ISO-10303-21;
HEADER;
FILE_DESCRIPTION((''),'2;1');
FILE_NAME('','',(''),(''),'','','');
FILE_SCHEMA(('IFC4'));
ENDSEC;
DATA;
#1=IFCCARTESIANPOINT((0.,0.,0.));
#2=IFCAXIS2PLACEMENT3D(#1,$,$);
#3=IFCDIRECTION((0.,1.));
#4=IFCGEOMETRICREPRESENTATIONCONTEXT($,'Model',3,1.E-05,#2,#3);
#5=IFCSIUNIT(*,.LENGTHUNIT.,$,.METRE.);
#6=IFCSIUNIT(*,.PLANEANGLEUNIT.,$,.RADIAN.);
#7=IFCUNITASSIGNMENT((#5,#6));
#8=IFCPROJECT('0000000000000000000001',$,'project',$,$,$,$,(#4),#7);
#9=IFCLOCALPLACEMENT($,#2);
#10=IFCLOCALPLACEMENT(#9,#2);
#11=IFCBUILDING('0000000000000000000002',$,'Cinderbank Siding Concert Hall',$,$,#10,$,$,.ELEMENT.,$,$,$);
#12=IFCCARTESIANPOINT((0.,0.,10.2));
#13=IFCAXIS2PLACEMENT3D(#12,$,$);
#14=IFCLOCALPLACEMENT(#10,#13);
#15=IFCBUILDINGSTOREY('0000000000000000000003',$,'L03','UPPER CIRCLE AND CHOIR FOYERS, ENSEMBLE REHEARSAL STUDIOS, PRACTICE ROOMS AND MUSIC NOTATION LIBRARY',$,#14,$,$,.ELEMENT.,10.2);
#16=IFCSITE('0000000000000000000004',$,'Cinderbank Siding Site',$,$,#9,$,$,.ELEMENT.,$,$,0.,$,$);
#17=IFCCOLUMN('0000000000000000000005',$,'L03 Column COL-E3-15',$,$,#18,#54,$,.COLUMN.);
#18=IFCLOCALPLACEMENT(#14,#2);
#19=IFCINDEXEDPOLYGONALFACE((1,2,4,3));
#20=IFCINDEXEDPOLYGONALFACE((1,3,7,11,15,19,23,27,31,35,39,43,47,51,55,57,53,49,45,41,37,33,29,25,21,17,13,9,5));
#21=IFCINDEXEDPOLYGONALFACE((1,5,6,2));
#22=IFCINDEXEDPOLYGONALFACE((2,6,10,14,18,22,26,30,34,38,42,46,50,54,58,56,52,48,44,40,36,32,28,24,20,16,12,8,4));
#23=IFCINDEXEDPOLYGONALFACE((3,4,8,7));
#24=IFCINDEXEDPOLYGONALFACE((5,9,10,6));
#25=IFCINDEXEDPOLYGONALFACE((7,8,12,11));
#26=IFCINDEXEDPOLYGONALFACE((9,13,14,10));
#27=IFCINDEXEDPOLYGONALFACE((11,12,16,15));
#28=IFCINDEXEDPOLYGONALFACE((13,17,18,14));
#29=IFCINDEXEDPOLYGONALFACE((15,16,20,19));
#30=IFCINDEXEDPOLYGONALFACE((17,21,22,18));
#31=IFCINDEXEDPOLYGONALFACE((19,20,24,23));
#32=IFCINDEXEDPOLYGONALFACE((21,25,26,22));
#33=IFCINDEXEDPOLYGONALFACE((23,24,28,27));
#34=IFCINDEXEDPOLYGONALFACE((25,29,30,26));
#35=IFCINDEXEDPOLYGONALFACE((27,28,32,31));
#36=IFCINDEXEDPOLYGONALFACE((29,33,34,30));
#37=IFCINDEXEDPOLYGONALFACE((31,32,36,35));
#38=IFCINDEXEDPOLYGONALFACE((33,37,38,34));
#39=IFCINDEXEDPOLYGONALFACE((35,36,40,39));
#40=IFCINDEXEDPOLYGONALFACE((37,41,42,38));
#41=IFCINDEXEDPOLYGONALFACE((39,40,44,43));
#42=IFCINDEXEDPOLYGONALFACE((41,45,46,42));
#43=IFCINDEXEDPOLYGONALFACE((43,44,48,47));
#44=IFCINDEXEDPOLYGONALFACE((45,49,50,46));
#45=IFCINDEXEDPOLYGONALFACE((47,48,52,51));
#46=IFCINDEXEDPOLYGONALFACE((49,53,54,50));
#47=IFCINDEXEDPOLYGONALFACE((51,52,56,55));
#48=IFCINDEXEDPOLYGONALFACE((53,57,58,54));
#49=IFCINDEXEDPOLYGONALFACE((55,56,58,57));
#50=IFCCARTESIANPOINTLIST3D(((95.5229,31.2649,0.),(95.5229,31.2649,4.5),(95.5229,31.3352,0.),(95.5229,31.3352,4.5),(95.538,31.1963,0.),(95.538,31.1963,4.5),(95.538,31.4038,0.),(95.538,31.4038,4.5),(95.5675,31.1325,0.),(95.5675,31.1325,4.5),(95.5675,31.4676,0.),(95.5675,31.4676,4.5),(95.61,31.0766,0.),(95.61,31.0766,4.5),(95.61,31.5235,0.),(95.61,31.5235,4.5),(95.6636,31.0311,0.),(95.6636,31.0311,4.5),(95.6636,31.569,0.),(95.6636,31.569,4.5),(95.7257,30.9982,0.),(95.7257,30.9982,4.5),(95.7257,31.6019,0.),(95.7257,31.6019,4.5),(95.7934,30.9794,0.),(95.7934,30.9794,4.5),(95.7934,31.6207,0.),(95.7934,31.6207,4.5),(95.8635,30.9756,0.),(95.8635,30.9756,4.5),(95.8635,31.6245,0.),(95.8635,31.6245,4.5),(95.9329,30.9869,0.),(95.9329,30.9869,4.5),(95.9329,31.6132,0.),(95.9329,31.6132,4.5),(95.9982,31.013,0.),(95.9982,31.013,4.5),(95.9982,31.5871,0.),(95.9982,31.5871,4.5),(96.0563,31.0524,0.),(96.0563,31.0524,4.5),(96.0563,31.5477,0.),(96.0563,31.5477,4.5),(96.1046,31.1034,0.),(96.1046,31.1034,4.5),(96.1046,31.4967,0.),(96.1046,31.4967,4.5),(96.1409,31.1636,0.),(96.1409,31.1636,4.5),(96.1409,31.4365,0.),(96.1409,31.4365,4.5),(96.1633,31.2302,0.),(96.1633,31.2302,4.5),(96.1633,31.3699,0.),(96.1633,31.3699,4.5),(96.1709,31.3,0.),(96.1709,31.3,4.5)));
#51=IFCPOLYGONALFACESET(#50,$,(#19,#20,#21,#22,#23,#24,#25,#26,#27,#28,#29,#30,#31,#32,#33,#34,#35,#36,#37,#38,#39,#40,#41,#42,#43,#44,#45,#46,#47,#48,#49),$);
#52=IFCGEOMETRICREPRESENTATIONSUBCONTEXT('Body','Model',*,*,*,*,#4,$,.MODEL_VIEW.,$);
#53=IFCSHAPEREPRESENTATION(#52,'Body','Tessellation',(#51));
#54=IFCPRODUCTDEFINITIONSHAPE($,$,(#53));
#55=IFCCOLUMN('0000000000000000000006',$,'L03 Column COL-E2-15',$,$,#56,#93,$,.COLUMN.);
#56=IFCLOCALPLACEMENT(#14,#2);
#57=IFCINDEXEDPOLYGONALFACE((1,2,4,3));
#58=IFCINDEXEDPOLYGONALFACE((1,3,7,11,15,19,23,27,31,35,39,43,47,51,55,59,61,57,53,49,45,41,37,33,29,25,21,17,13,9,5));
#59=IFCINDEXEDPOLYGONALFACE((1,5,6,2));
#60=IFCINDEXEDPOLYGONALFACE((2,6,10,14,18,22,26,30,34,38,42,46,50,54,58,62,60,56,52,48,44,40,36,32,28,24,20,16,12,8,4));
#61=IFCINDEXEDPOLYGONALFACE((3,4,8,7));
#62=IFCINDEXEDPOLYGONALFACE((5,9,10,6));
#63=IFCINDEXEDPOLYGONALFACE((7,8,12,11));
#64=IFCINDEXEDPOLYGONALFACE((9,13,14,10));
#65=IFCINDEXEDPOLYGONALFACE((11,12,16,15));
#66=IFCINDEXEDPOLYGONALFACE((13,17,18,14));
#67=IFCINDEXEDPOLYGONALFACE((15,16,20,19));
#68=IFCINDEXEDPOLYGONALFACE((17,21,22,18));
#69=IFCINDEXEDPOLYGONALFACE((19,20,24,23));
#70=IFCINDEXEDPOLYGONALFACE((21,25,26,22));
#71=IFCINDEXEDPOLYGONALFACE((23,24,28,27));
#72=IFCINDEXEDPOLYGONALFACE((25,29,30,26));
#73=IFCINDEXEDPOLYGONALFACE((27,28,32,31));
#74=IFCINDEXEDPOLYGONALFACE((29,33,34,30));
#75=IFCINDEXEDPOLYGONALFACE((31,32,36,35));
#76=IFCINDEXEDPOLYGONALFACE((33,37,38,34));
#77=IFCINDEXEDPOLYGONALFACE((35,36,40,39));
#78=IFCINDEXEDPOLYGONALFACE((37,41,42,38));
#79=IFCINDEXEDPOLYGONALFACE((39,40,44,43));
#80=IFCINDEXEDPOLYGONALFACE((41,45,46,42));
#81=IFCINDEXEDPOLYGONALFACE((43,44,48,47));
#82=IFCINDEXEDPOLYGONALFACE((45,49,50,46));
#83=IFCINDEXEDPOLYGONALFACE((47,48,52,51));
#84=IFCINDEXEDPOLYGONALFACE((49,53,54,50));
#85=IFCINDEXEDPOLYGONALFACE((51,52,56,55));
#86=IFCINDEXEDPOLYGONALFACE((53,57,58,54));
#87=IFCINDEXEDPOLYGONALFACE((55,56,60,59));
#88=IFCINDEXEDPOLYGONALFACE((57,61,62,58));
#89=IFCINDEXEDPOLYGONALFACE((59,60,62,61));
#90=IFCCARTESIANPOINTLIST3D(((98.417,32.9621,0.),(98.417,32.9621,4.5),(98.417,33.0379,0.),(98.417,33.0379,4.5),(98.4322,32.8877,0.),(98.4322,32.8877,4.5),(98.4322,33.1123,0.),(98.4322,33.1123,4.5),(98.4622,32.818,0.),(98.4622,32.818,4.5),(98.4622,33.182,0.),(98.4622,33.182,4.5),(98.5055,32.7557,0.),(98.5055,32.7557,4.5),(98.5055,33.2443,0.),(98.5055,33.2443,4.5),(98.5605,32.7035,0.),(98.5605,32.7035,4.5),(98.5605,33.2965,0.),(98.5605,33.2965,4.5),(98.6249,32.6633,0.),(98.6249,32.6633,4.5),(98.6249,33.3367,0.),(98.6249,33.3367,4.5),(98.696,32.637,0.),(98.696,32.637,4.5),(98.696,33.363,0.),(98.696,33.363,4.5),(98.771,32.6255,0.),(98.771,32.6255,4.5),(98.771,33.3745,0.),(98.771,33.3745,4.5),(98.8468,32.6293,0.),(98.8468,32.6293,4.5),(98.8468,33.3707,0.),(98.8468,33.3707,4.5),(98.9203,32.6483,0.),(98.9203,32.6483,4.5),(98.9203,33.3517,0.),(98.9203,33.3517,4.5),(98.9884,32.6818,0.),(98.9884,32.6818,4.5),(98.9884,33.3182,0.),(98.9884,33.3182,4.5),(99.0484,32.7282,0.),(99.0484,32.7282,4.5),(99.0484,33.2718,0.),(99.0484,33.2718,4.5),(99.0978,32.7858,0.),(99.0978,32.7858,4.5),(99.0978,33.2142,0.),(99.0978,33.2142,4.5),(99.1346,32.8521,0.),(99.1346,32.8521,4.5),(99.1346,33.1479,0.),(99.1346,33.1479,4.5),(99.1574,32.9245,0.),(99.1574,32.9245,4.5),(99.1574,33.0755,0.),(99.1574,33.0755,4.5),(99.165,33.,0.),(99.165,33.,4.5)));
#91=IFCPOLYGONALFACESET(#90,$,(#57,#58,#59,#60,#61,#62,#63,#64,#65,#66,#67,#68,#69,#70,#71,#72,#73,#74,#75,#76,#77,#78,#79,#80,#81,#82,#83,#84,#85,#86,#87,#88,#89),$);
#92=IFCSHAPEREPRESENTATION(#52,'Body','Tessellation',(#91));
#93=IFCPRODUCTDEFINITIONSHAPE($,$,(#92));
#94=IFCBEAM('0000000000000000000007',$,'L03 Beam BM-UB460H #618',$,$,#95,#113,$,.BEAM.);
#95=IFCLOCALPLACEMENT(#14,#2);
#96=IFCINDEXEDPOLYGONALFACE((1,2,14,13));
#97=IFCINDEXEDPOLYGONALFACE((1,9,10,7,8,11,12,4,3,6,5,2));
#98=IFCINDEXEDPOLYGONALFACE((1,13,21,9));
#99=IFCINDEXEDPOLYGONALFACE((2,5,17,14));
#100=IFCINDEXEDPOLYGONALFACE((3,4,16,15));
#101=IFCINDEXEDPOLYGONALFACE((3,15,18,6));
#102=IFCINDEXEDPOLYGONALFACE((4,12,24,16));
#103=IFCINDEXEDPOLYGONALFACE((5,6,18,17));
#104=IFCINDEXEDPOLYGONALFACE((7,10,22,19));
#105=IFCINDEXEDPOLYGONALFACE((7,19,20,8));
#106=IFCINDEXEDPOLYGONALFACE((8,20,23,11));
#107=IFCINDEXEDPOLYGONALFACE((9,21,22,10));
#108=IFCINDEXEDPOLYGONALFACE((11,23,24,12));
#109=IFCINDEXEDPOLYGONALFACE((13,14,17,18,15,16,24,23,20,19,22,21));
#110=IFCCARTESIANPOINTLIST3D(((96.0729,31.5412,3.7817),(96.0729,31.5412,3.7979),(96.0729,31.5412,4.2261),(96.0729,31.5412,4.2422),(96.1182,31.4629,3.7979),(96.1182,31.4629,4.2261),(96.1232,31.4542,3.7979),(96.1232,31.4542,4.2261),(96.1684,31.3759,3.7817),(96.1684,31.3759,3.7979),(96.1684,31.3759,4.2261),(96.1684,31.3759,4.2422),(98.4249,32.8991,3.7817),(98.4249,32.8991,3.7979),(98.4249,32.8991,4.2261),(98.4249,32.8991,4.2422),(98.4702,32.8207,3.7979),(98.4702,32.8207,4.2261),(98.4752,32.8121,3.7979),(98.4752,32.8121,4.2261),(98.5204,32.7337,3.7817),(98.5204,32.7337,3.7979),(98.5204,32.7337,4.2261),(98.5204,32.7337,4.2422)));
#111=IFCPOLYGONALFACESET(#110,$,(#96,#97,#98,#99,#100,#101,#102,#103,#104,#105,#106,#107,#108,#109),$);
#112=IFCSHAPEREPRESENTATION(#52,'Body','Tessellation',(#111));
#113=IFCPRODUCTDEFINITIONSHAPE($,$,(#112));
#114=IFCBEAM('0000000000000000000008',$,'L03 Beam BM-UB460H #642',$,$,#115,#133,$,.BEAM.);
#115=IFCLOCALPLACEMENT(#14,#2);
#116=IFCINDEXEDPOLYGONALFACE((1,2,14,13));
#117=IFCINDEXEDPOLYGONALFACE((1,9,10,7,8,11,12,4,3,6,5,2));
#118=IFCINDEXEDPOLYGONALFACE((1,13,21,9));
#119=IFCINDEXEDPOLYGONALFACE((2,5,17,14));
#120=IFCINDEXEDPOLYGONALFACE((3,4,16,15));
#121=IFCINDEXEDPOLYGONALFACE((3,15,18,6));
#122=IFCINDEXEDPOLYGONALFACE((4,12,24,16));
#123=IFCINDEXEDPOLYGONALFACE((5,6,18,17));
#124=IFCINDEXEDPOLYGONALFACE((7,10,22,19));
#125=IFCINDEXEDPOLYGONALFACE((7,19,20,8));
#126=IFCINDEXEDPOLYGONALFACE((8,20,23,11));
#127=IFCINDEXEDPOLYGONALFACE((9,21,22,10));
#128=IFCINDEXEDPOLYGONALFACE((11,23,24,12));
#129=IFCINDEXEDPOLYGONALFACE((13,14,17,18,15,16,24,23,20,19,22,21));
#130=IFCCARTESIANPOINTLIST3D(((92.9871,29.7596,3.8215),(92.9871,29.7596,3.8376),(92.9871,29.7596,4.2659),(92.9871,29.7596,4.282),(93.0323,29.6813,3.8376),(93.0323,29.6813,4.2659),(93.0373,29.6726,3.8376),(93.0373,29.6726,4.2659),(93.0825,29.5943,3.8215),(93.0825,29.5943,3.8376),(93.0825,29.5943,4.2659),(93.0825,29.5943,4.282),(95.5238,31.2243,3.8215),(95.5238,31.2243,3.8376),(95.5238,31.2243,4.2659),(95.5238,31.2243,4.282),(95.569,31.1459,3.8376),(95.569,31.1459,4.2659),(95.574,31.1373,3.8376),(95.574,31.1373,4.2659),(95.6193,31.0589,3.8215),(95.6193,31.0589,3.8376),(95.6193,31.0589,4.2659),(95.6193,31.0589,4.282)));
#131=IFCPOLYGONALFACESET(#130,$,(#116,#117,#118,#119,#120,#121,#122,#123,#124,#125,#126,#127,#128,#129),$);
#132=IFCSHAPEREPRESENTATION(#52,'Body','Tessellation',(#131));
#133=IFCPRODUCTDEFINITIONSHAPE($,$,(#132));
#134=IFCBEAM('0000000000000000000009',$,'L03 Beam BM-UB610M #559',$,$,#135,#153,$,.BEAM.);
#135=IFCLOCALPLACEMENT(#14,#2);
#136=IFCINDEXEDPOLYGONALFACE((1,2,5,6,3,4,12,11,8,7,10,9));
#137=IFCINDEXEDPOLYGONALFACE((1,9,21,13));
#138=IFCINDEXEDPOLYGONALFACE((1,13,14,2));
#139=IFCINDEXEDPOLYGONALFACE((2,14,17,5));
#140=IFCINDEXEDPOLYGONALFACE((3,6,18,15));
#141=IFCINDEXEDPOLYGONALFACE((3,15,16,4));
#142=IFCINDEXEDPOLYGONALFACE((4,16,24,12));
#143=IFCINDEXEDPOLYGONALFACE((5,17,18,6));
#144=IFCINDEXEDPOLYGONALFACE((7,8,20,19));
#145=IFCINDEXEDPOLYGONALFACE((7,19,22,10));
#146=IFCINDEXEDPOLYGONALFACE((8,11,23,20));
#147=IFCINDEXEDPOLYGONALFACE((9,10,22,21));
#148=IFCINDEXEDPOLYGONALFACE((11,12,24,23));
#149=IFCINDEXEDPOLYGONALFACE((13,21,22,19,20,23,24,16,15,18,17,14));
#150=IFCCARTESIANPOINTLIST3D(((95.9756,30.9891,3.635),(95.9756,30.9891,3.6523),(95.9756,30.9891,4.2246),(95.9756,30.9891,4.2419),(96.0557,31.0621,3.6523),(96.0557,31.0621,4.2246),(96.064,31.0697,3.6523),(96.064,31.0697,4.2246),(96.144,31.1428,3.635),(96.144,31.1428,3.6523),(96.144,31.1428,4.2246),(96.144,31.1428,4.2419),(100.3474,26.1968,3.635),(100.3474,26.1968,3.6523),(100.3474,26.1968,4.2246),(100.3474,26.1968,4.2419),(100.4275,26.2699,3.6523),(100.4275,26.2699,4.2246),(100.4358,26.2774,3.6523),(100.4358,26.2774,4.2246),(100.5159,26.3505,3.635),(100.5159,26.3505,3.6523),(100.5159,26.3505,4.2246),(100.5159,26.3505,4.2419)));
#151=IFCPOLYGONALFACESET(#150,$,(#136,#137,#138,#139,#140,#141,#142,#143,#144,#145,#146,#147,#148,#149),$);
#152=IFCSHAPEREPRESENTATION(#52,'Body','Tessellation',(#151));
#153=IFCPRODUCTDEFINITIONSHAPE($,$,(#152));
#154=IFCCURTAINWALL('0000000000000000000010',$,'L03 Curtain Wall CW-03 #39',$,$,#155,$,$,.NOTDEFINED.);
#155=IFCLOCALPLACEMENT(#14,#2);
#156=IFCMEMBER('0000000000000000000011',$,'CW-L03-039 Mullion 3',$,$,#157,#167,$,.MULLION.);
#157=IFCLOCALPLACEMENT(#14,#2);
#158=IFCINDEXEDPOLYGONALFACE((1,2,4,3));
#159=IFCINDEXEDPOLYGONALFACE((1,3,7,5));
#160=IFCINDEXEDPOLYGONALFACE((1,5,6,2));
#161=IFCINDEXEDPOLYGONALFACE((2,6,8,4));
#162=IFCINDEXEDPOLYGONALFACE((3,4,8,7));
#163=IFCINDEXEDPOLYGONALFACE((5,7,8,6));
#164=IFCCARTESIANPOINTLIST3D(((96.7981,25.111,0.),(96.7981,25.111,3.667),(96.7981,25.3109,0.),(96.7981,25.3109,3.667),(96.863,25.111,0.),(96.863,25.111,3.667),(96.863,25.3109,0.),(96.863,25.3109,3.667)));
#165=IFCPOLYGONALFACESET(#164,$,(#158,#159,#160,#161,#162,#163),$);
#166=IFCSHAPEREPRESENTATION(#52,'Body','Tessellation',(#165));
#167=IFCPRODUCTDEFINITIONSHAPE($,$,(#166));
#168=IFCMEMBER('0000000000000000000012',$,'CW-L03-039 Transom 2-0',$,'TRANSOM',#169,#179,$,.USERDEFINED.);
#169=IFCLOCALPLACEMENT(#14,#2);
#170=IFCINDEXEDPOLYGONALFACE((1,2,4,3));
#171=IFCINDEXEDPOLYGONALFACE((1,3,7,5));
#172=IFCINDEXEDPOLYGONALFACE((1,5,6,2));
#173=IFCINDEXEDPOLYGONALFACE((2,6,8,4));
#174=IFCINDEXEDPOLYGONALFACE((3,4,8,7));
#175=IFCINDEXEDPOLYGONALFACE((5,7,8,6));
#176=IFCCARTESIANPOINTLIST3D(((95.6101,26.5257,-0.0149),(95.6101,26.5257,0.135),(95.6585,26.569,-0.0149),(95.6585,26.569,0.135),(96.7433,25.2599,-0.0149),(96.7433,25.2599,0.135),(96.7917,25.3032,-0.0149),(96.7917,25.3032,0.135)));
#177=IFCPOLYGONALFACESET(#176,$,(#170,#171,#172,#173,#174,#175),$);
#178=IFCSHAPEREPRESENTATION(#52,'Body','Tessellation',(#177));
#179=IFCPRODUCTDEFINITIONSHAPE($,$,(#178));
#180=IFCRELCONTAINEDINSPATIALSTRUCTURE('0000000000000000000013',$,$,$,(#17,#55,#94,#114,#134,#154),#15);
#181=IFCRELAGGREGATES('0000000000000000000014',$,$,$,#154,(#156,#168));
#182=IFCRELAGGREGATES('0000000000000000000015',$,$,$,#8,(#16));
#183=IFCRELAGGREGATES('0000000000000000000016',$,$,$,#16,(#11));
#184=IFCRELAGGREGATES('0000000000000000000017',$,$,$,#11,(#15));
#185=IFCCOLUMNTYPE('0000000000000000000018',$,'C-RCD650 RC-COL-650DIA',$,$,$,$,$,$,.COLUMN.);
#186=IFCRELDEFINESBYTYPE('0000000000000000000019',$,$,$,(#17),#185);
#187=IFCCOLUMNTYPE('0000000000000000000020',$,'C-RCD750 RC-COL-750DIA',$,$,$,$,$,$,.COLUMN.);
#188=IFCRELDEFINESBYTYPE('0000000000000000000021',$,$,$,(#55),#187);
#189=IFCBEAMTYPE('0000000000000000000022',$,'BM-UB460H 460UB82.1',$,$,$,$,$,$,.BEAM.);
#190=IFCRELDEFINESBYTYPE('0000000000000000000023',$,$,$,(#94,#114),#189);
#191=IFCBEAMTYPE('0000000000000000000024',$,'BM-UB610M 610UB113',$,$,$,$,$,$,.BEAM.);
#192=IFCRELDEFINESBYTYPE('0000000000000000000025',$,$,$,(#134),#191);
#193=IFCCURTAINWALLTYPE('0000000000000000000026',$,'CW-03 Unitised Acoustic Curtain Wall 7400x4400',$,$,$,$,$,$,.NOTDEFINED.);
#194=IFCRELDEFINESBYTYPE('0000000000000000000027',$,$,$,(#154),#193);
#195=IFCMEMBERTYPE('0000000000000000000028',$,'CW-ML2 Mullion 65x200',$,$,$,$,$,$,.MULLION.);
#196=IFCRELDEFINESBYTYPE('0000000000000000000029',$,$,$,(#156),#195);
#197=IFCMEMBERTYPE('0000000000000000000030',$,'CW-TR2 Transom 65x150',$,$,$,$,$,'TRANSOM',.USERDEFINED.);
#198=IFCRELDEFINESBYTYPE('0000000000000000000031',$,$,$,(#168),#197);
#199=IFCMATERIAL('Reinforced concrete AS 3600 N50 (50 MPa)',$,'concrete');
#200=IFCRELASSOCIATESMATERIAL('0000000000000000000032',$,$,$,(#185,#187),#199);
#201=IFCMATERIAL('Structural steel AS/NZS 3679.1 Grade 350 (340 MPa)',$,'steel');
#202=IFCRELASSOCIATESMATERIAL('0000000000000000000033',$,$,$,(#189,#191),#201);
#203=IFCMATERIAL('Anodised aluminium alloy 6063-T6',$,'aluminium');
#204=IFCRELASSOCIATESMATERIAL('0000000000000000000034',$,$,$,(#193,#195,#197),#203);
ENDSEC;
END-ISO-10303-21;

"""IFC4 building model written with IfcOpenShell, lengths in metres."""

from ifc_helpers import new_model, si_unit, direction, frame, origin, origin_2d, place, context, subcontext, project, spatial, rectangle, circle, i_section, extrude, material, material_profile, profile_set, type_object, element, aggregate, save


model = new_model("IFC4")

# Units and contexts
model_context = context("Model", 3, precision=1e-05, world=origin(), true_north=direction((0.0, 1.0)))
body_context = subcontext(model_context, "Body", "Model", "MODEL_VIEW")
ifc_project = project(units=[si_unit("LENGTHUNIT", "METRE"), si_unit("PLANEANGLEUNIT", "RADIAN")], contexts=[model_context])

# Site, building, storey
site_placement = place(None, origin())
site = spatial("IfcSite", under=ifc_project, at=site_placement, Name="Cinderbank Siding Site", CompositionType="ELEMENT", RefElevation=0.0)
building_placement = place(site_placement, origin())
building = spatial("IfcBuilding", under=site, at=building_placement, Name="Cinderbank Siding Concert Hall", CompositionType="ELEMENT")
storey_placement = place(building_placement, frame((0.0, 0.0, 10.2)))
storey = spatial("IfcBuildingStorey", under=building, at=storey_placement, Name="L03", Description="UPPER CIRCLE AND CHOIR FOYERS, ENSEMBLE REHEARSAL STUDIOS, PRACTICE ROOMS AND MUSIC NOTATION LIBRARY", CompositionType="ELEMENT", Elevation=10.2)

# Columns
ifc_material_1 = material(Name="Reinforced concrete AS 3600 N50 (50 MPa)", Category="concrete")
ifc_material_profile_1 = material_profile(ifc_material_1, circle(Radius=0.325, at=origin_2d()), Name="RC-COL-650DIA", Category="LoadBearing")
ifc_profile_set_1 = profile_set([ifc_material_profile_1], Name="Reinforced concrete AS 3600 N50 (50 MPa)")
column_type_1 = type_object("IfcColumnType", Name="C-RCD650 RC-COL-650DIA", PredefinedType="COLUMN", material=ifc_profile_set_1)
column_1_placement = place(storey_placement, frame((95.8459, 31.3, 0.0), z_axis=(0.0, 0.0, 1.0), x_axis=(1.0, 0.0, 0.0)))
element("IfcColumn", 1, at=column_1_placement, inside=storey, type_object=column_type_1, Name="L03 Column COL-E3-15", PredefinedType="COLUMN", context=body_context, shape_type="SweptSolid", body=[
    extrude(circle(Radius=0.325, at=origin_2d()), origin(), (0.0, 0.0, 1.0), 4.5),
])
ifc_material_profile_2 = material_profile(ifc_material_1, circle(Radius=0.375, at=origin_2d()), Name="RC-COL-750DIA", Category="LoadBearing")
ifc_profile_set_2 = profile_set([ifc_material_profile_2], Name="Reinforced concrete AS 3600 N50 (50 MPa)")
column_type_2 = type_object("IfcColumnType", Name="C-RCD750 RC-COL-750DIA", PredefinedType="COLUMN", material=ifc_profile_set_2)
column_2_placement = place(storey_placement, frame((98.79, 33.0, 0.0), z_axis=(0.0, 0.0, 1.0), x_axis=(1.0, 0.0, 0.0)))
element("IfcColumn", 2, at=column_2_placement, inside=storey, type_object=column_type_2, Name="L03 Column COL-E2-15", PredefinedType="COLUMN", context=body_context, shape_type="SweptSolid", body=[
    extrude(circle(Radius=0.375, at=origin_2d()), origin(), (0.0, 0.0, 1.0), 4.5),
])

# Beams
ifc_material_2 = material(Name="Structural steel AS/NZS 3679.1 Grade 350 (340 MPa)", Category="steel")
ifc_material_profile_3 = material_profile(ifc_material_2, i_section(OverallWidth=0.1909, OverallDepth=0.4604, WebThickness=0.01, FlangeThickness=0.0161, at=origin_2d()), Name="460UB82.1", Category="LoadBearing")
ifc_profile_set_3 = profile_set([ifc_material_profile_3], Name="Structural steel AS/NZS 3679.1 Grade 350 (340 MPa)")
beam_type_1 = type_object("IfcBeamType", Name="BM-UB460H 460UB82.1", PredefinedType="BEAM", material=ifc_profile_set_3)
beam_1_placement = place(storey_placement, frame((98.4727, 32.8164, 4.012), z_axis=(-0.866033, -0.499987, 0.0), x_axis=(0.499987, -0.866033, 0.0)))
element("IfcBeam", 3, at=beam_1_placement, inside=storey, type_object=beam_type_1, Name="L03 Beam BM-UB460H #618", PredefinedType="BEAM", context=body_context, shape_type="SweptSolid", body=[
    extrude(i_section(OverallWidth=0.1909, OverallDepth=0.4604, WebThickness=0.01, FlangeThickness=0.0161, at=origin_2d()), origin(), (0.0, 0.0, 1.0), 2.7158),
])
beam_2_placement = place(storey_placement, frame((95.5715, 31.1416, 4.0518), z_axis=(-0.866013, -0.500021, 0.0), x_axis=(0.500021, -0.866013, 0.0)))
element("IfcBeam", 4, at=beam_2_placement, inside=storey, type_object=beam_type_1, Name="L03 Beam BM-UB460H #642", PredefinedType="BEAM", context=body_context, shape_type="SweptSolid", body=[
    extrude(i_section(OverallWidth=0.1909, OverallDepth=0.4604, WebThickness=0.01, FlangeThickness=0.0161, at=origin_2d()), origin(), (0.0, 0.0, 1.0), 2.9292),
])
ifc_material_profile_4 = material_profile(ifc_material_2, i_section(OverallWidth=0.228, OverallDepth=0.6069, WebThickness=0.0112, FlangeThickness=0.0173, at=origin_2d()), Name="610UB113", Category="LoadBearing")
ifc_profile_set_4 = profile_set([ifc_material_profile_4], Name="Structural steel AS/NZS 3679.1 Grade 350 (340 MPa)")
beam_type_2 = type_object("IfcBeamType", Name="BM-UB610M 610UB113", PredefinedType="BEAM", material=ifc_profile_set_4)
beam_3_placement = place(storey_placement, frame((96.0598, 31.0659, 3.9385), z_axis=(0.673959, -0.738769, 0.0), x_axis=(0.738769, 0.673959, 0.0)))
element("IfcBeam", 5, at=beam_3_placement, inside=storey, type_object=beam_type_2, Name="L03 Beam BM-UB610M #559", PredefinedType="BEAM", context=body_context, shape_type="SweptSolid", body=[
    extrude(i_section(OverallWidth=0.228, OverallDepth=0.6069, WebThickness=0.0112, FlangeThickness=0.0173, at=origin_2d()), origin(), (0.0, 0.0, 1.0), 6.4868),
])

# Curtain wall, members
ifc_material_3 = material(Name="Anodised aluminium alloy 6063-T6", Category="aluminium")
curtain_wall_type = type_object("IfcCurtainWallType", Name="CW-03 Unitised Acoustic Curtain Wall 7400x4400", PredefinedType="NOTDEFINED", material=ifc_material_3)
curtain_wall_placement = place(storey_placement, origin())
curtain_wall = element("IfcCurtainWall", 6, at=curtain_wall_placement, inside=storey, type_object=curtain_wall_type, Name="L03 Curtain Wall CW-03 #39", PredefinedType="NOTDEFINED")
ifc_material_profile_5 = material_profile(ifc_material_3, rectangle(XDim=0.0649, YDim=0.2, at=origin_2d()), Name="ALU-MULL-65x200", Category="LoadBearing")
ifc_profile_set_5 = profile_set([ifc_material_profile_5], Name="Anodised aluminium alloy 6063-T6")
member_type_1 = type_object("IfcMemberType", Name="CW-ML2 Mullion 65x200", PredefinedType="MULLION", material=ifc_profile_set_5)
member_1_placement = place(storey_placement, frame((96.8306, 25.2109, 0.0), z_axis=(0.0, 0.0, 1.0), x_axis=(1.0, 0.0, 0.0)))
member_1 = element("IfcMember", 7, at=member_1_placement, type_object=member_type_1, Name="CW-L03-039 Mullion 3", PredefinedType="MULLION", context=body_context, shape_type="SweptSolid", body=[
    extrude(rectangle(XDim=0.0649, YDim=0.2, at=origin_2d()), origin(), (0.0, 0.0, 1.0), 3.667),
])
ifc_material_profile_6 = material_profile(ifc_material_3, rectangle(XDim=0.0649, YDim=0.1499, at=origin_2d()), Name="ALU-TRAN-65x150", Category="LoadBearing")
ifc_profile_set_6 = profile_set([ifc_material_profile_6], Name="Anodised aluminium alloy 6063-T6")
member_type_2 = type_object("IfcMemberType", Name="CW-TR2 Transom 65x150", ElementType="TRANSOM", PredefinedType="USERDEFINED", material=ifc_profile_set_6)
member_2_placement = place(storey_placement, frame((95.6343, 26.5474, 0.0601), z_axis=(0.667017, -0.745042, 0.0), x_axis=(0.745042, 0.667017, 0.0)))
member_2 = element("IfcMember", 8, at=member_2_placement, type_object=member_type_2, Name="CW-L03-039 Transom 2-0", ObjectType="TRANSOM", PredefinedType="USERDEFINED", context=body_context, shape_type="SweptSolid", body=[
    extrude(rectangle(XDim=0.0649, YDim=0.1499, at=origin_2d()), origin(), (0.0, 0.0, 1.0), 1.699),
])
aggregate(curtain_wall, [member_1, member_2])

save(model, "model.ifc")
